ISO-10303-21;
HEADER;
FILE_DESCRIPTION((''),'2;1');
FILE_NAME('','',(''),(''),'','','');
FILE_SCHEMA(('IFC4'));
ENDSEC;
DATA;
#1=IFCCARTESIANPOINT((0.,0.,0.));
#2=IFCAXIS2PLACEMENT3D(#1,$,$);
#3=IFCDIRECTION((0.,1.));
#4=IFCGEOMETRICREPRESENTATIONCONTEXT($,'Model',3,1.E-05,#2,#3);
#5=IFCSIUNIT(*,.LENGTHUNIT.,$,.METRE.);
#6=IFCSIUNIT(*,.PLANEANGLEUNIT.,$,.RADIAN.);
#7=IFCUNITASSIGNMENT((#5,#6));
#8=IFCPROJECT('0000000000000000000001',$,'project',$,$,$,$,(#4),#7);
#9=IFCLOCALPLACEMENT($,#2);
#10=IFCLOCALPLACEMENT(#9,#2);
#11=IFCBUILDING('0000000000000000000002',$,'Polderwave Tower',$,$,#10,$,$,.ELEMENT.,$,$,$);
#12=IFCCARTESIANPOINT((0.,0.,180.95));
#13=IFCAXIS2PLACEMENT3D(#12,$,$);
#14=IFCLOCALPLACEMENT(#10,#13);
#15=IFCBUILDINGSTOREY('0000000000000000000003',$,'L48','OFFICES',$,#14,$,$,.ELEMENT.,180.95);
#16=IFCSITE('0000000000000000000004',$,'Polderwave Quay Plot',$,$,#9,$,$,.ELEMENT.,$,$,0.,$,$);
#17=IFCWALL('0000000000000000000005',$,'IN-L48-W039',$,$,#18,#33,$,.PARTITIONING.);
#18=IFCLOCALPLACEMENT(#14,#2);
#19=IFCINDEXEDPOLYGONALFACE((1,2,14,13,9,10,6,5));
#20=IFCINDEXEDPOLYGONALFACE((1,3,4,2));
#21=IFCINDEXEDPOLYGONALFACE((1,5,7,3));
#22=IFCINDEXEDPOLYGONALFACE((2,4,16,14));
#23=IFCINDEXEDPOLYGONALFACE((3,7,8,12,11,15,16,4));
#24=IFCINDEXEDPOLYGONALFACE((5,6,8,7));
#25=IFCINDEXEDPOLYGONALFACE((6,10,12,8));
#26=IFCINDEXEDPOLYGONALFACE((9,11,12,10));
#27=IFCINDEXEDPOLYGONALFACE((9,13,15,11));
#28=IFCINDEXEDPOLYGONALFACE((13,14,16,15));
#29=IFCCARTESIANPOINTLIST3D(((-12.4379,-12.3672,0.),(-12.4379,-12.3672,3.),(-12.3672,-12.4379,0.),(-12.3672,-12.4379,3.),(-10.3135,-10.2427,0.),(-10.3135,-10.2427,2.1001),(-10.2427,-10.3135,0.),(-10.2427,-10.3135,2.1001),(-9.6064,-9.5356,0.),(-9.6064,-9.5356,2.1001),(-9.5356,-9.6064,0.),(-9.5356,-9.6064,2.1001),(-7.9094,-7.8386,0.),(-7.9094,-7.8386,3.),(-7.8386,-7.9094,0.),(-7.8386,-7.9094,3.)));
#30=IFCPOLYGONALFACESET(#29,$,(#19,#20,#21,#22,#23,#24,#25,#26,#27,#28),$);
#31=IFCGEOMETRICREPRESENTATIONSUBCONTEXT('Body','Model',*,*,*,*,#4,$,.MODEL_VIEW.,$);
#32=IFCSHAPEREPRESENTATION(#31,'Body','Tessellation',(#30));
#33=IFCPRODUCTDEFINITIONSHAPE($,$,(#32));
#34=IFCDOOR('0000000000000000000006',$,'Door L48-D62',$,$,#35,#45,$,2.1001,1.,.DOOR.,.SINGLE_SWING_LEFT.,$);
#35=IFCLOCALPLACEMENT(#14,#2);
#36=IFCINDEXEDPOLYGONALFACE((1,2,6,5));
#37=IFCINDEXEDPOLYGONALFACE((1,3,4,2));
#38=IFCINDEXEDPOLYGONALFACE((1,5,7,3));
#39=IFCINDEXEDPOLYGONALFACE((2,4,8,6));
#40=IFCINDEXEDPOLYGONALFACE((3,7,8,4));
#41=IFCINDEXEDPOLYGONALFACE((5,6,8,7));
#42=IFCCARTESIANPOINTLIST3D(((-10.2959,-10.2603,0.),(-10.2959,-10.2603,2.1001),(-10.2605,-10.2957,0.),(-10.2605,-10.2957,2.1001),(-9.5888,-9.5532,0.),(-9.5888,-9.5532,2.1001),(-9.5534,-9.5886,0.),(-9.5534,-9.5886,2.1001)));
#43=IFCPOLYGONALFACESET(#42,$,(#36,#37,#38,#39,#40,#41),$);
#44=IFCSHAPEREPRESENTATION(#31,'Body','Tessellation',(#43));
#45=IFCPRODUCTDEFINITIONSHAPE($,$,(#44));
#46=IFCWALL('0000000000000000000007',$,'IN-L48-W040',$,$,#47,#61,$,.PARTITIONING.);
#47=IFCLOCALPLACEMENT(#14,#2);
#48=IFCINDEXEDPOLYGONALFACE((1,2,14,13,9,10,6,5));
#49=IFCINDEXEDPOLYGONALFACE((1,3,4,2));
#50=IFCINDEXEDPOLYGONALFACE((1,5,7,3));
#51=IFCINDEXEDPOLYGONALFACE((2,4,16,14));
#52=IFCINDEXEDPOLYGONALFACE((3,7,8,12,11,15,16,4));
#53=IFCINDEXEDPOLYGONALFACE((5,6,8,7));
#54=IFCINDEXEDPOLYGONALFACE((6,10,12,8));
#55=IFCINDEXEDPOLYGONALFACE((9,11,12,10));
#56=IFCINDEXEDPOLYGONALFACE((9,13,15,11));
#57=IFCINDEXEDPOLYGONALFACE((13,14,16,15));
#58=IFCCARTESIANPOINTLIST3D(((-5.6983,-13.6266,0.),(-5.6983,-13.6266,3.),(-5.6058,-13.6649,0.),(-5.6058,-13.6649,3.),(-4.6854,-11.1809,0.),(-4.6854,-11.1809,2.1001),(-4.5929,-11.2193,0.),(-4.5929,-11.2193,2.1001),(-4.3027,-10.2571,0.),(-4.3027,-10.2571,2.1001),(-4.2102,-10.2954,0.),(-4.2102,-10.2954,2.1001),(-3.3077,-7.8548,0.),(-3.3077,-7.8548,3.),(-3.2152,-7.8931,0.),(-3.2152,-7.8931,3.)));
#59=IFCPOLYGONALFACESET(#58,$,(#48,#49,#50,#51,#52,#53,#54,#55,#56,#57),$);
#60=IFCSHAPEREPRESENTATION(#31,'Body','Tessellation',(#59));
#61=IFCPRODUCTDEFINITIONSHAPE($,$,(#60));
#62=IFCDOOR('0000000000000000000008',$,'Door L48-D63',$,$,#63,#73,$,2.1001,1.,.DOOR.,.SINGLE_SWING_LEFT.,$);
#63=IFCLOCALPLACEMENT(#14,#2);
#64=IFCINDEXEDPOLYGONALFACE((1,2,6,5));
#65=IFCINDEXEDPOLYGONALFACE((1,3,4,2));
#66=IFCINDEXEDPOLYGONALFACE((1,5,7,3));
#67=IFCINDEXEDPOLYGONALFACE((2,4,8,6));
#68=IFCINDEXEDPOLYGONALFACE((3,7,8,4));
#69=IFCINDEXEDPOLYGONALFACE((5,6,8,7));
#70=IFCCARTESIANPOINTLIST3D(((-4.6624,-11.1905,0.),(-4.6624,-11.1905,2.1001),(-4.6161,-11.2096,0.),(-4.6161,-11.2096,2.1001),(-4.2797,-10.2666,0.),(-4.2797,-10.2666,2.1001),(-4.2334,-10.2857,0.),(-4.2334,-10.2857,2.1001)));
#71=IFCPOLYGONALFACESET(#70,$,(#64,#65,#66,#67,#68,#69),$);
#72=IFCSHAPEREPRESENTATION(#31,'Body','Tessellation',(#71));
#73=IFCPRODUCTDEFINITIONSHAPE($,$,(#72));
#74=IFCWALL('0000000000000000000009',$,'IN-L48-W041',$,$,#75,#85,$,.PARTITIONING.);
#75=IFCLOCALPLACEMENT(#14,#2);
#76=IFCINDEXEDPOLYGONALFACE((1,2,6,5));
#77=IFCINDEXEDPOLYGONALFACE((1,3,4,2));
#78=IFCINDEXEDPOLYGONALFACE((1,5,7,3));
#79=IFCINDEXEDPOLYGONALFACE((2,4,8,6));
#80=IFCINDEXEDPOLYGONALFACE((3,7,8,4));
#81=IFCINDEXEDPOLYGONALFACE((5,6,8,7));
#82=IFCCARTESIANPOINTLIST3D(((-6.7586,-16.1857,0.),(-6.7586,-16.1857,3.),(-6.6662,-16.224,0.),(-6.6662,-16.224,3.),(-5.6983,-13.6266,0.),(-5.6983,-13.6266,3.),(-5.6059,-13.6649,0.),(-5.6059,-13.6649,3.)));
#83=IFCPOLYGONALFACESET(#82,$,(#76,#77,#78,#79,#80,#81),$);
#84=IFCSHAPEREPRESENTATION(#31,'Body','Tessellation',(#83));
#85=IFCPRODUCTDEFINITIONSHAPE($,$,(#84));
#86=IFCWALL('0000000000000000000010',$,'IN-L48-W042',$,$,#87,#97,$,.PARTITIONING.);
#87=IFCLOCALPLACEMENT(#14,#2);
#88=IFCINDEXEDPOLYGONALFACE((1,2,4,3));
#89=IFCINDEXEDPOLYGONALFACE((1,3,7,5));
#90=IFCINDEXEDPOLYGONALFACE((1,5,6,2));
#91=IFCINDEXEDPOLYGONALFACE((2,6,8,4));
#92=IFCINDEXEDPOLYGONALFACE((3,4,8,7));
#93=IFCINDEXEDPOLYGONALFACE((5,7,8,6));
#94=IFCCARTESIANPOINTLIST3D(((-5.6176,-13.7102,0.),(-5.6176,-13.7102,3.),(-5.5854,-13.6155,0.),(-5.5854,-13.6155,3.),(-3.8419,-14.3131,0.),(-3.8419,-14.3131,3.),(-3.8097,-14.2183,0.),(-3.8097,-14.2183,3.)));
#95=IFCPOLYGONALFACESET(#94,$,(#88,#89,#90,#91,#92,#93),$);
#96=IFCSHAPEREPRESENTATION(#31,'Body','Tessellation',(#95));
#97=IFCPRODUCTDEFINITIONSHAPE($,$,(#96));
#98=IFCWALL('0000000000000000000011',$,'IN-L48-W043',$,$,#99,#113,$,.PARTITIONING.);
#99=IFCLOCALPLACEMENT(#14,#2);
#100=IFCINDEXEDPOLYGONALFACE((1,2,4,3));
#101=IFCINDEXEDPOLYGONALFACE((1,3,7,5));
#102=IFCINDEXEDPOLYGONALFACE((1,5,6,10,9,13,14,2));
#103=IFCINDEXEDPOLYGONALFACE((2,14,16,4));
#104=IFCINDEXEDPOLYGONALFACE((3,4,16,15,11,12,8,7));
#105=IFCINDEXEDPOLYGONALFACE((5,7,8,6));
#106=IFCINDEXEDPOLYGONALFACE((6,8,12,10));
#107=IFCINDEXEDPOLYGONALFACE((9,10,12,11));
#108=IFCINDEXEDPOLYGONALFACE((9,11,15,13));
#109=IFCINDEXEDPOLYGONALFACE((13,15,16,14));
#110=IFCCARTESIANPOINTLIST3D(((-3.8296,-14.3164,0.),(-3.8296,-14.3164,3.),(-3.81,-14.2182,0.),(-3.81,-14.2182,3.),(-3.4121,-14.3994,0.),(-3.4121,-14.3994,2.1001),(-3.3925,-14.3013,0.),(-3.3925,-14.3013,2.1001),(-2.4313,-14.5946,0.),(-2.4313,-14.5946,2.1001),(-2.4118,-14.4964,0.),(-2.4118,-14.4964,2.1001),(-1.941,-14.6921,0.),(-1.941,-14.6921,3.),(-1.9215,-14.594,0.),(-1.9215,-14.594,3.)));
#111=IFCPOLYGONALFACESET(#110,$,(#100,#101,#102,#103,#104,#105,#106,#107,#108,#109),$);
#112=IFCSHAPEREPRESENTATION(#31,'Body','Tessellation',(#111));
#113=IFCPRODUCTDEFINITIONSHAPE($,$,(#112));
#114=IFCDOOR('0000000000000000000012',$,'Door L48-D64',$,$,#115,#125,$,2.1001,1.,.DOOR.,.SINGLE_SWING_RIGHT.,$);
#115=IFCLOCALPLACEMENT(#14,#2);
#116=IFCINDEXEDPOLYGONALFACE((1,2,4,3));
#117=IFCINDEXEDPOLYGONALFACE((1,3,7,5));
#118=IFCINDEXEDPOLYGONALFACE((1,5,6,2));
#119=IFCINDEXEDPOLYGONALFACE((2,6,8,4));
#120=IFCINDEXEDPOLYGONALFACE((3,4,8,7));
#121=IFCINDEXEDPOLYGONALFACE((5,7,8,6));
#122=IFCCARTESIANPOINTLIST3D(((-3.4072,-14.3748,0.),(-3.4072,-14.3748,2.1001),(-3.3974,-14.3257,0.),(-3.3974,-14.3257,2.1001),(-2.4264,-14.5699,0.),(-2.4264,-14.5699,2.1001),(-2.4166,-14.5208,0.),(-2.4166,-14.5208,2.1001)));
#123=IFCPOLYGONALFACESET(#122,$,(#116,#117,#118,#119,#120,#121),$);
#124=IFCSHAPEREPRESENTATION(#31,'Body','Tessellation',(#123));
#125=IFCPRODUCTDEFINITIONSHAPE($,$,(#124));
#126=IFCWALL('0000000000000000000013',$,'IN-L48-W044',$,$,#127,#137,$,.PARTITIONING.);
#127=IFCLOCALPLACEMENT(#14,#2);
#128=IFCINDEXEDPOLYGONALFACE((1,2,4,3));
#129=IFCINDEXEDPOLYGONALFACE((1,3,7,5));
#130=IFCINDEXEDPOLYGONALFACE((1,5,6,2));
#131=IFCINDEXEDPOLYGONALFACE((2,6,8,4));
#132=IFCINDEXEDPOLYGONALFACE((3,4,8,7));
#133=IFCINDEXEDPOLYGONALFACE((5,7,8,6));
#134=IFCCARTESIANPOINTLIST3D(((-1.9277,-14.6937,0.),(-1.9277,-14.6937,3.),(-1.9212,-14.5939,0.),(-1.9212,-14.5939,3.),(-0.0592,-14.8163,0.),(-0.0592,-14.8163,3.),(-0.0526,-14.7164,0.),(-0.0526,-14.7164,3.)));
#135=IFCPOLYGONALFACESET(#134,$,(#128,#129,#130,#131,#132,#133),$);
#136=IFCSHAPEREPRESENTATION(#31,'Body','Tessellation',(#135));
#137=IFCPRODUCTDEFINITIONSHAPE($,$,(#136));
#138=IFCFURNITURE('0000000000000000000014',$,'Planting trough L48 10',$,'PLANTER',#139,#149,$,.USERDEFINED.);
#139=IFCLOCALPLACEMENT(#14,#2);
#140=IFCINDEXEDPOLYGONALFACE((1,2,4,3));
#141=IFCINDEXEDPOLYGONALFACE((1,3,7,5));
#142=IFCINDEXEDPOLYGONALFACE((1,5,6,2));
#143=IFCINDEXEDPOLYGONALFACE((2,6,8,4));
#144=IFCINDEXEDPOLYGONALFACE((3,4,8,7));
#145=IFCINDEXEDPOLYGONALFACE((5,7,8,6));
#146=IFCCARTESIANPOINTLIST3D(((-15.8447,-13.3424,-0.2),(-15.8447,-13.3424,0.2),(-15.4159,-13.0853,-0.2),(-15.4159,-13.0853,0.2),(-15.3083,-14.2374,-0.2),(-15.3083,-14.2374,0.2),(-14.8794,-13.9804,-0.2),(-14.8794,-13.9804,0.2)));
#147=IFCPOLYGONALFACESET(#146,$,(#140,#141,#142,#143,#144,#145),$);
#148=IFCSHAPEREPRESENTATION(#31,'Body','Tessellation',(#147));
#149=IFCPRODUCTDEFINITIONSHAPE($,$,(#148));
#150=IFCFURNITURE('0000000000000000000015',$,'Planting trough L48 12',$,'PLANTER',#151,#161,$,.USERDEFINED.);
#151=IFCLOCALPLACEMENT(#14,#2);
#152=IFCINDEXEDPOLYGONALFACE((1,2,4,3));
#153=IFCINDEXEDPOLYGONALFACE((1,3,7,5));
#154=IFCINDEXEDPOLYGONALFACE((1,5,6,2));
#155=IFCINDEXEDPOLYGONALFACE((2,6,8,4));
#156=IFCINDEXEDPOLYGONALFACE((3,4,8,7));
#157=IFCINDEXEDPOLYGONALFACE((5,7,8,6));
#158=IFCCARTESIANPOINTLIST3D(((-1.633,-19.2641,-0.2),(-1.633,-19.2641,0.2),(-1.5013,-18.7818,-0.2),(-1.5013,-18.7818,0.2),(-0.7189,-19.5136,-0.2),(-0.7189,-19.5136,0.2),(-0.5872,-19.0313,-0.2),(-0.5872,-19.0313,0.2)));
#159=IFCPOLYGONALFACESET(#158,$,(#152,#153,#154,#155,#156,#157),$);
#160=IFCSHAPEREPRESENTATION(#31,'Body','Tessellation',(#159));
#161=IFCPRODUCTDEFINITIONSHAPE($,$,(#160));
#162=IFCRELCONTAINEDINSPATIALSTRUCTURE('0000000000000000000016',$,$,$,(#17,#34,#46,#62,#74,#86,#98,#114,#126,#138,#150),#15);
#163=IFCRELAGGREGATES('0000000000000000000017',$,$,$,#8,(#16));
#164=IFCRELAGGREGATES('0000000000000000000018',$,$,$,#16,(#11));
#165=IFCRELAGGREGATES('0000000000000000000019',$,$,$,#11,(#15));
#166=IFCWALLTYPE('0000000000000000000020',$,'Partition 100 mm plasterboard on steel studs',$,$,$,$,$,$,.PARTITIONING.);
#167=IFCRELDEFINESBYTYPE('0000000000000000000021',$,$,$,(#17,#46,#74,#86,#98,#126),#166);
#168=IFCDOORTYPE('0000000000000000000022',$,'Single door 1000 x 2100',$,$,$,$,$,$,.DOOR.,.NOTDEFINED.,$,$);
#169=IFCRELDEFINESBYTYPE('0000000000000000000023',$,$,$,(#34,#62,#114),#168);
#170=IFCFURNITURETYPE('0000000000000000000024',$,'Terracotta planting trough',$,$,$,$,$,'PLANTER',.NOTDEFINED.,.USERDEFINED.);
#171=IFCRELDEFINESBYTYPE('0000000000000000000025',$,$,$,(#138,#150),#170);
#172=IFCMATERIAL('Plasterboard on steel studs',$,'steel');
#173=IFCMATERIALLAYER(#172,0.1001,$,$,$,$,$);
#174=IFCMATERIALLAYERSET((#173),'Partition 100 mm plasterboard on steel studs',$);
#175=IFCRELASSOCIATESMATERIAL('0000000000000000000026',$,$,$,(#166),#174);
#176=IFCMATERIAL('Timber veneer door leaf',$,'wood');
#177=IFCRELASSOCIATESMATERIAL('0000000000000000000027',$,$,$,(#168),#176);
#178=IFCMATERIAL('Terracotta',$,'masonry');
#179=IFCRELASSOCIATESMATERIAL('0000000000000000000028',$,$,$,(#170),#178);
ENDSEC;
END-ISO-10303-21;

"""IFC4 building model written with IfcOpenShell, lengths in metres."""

from ifc_helpers import new_model, si_unit, direction, frame, frame_2d, origin, origin_2d, place, context, subcontext, project, spatial, rectangle, extrude, material, layer, layer_set, type_object, element, fill, save


model = new_model("IFC4")

# Units and contexts
model_context = context("Model", 3, precision=1e-05, world=origin(), true_north=direction((0.0, 1.0)))
body_context = subcontext(model_context, "Body", "Model", "MODEL_VIEW")
ifc_project = project(units=[si_unit("LENGTHUNIT", "METRE"), si_unit("PLANEANGLEUNIT", "RADIAN")], contexts=[model_context])

# Site, building, storey
site_placement = place(None, origin())
site = spatial("IfcSite", under=ifc_project, at=site_placement, Name="Polderwave Quay Plot", CompositionType="ELEMENT", RefElevation=0.0)
building_placement = place(site_placement, origin())
building = spatial("IfcBuilding", under=site, at=building_placement, Name="Polderwave Tower", CompositionType="ELEMENT")
storey_placement = place(building_placement, frame((0.0, 0.0, 180.95)))
storey = spatial("IfcBuildingStorey", under=building, at=storey_placement, Name="L48", Description="OFFICES", CompositionType="ELEMENT", Elevation=180.95)

# Walls, openings, doors
ifc_material_1 = material(Name="Plasterboard on steel studs", Category="steel")
ifc_layer_1 = layer(ifc_material_1, 0.1001)
ifc_layer_set_1 = layer_set([ifc_layer_1], Name="Partition 100 mm plasterboard on steel studs")
wall_type_1 = type_object("IfcWallType", Name="Partition 100 mm plasterboard on steel studs", PredefinedType="PARTITIONING", material=ifc_layer_set_1)
wall_1_placement = place(storey_placement, frame((-7.874, -7.874, 0.0), z_axis=(0.0, 0.0, 1.0), x_axis=(-0.707107, -0.707107, 0.0)))
wall_1 = element("IfcWall", 1, at=wall_1_placement, inside=storey, type_object=wall_type_1, Name="IN-L48-W039", PredefinedType="PARTITIONING", context=body_context, shape_type="SweptSolid", body=[
    extrude(rectangle(XDim=6.4043, YDim=0.1001, at=frame_2d((3.2021, 0.0))), origin(), (0.0, 0.0, 1.0), 3.0),
])
opening_1_placement = place(wall_1_placement, frame((2.3999, 0.0, 0.0)))
opening_1 = element("IfcOpeningElement", 2, at=opening_1_placement, cuts=wall_1, PredefinedType="OPENING", context=body_context, shape_type="SweptSolid", body=[
    extrude(rectangle(XDim=1.0, YDim=2.1001, at=frame_2d((0.5, 1.05))), frame((0.0, 0.0601, 0.0), z_axis=(0.0, -1.0, 0.0), x_axis=(1.0, 0.0, 0.0)), (0.0, 0.0, 1.0), 0.1201),
])
ifc_material_2 = material(Name="Timber veneer door leaf", Category="wood")
door_type = type_object("IfcDoorType", Name="Single door 1000 x 2100", OperationType="NOTDEFINED", PredefinedType="DOOR", material=ifc_material_2)
door_1_placement = place(opening_1_placement, origin())
door_1 = element("IfcDoor", 3, at=door_1_placement, inside=storey, type_object=door_type, Name="Door L48-D62", OperationType="SINGLE_SWING_LEFT", OverallHeight=2.1001, OverallWidth=1.0, PredefinedType="DOOR", context=body_context, shape_type="SweptSolid", body=[
    extrude(rectangle(XDim=1.0, YDim=2.1001, at=frame_2d((0.5, 1.05))), frame((0.0, 0.0249, 0.0), z_axis=(0.0, -1.0, 0.0), x_axis=(1.0, 0.0, 0.0)), (0.0, 0.0, 1.0), 0.05),
])
fill(opening_1, door_1)
wall_2_placement = place(storey_placement, frame((-3.2615, -7.874, 0.0), z_axis=(0.0, 0.0, 1.0), x_axis=(-0.382669, -0.923885, 0.0)))
wall_2 = element("IfcWall", 4, at=wall_2_placement, inside=storey, type_object=wall_type_1, Name="IN-L48-W040", PredefinedType="PARTITIONING", context=body_context, shape_type="SweptSolid", body=[
    extrude(rectangle(XDim=6.2473, YDim=0.1001, at=frame_2d((3.1235, 0.0))), origin(), (0.0, 0.0, 1.0), 3.0),
])
opening_2_placement = place(wall_2_placement, frame((2.6001, 0.0, 0.0)))
opening_2 = element("IfcOpeningElement", 5, at=opening_2_placement, cuts=wall_2, PredefinedType="OPENING", context=body_context, shape_type="SweptSolid", body=[
    extrude(rectangle(XDim=1.0, YDim=2.1001, at=frame_2d((0.5, 1.05))), frame((0.0, 0.0601, 0.0), z_axis=(0.0, -1.0, 0.0), x_axis=(1.0, 0.0, 0.0)), (0.0, 0.0, 1.0), 0.1201),
])
door_2_placement = place(opening_2_placement, origin())
door_2 = element("IfcDoor", 6, at=door_2_placement, inside=storey, type_object=door_type, Name="Door L48-D63", OperationType="SINGLE_SWING_LEFT", OverallHeight=2.1001, OverallWidth=1.0, PredefinedType="DOOR", context=body_context, shape_type="SweptSolid", body=[
    extrude(rectangle(XDim=1.0, YDim=2.1001, at=frame_2d((0.5, 1.05))), frame((0.0, 0.0249, 0.0), z_axis=(0.0, -1.0, 0.0), x_axis=(1.0, 0.0, 0.0)), (0.0, 0.0, 1.0), 0.05),
])
fill(opening_2, door_2)

# Walls
wall_3_placement = place(storey_placement, frame((-5.6521, -13.6458, 0.0), z_axis=(0.0, 0.0, 1.0), x_axis=(-0.382775, -0.923842, 0.0)))
element("IfcWall", 7, at=wall_3_placement, inside=storey, type_object=wall_type_1, Name="IN-L48-W041", PredefinedType="PARTITIONING", context=body_context, shape_type="SweptSolid", body=[
    extrude(rectangle(XDim=2.77, YDim=0.1001, at=frame_2d((1.385, 0.0))), origin(), (0.0, 0.0, 1.0), 3.0),
])
wall_4_placement = place(storey_placement, frame((-3.8259, -14.2656, 0.0), z_axis=(0.0, 0.0, 1.0), x_axis=(-0.946924, 0.321457, 0.0)))
element("IfcWall", 8, at=wall_4_placement, inside=storey, type_object=wall_type_1, Name="IN-L48-W042", PredefinedType="PARTITIONING", context=body_context, shape_type="SweptSolid", body=[
    extrude(rectangle(XDim=1.8752, YDim=0.1001, at=frame_2d((0.9375, 0.0))), origin(), (0.0, 0.0, 1.0), 3.0),
])

# Wall, opening, door
wall_5_placement = place(storey_placement, frame((-1.9312, -14.6431, 0.0), z_axis=(0.0, 0.0, 1.0), x_axis=(-0.980775, 0.195141, 0.0)))
wall_5 = element("IfcWall", 9, at=wall_5_placement, inside=storey, type_object=wall_type_1, Name="IN-L48-W043", PredefinedType="PARTITIONING", context=body_context, shape_type="SweptSolid", body=[
    extrude(rectangle(XDim=1.9255, YDim=0.1001, at=frame_2d((0.9629, 0.0))), origin(), (0.0, 0.0, 1.0), 3.0),
])
opening_3_placement = place(wall_5_placement, frame((0.5, 0.0, 0.0)))
opening_3 = element("IfcOpeningElement", 10, at=opening_3_placement, cuts=wall_5, PredefinedType="OPENING", context=body_context, shape_type="SweptSolid", body=[
    extrude(rectangle(XDim=1.0, YDim=2.1001, at=frame_2d((0.5, 1.05))), frame((0.0, 0.0601, 0.0), z_axis=(0.0, -1.0, 0.0), x_axis=(1.0, 0.0, 0.0)), (0.0, 0.0, 1.0), 0.1201),
])
door_3_placement = place(opening_3_placement, origin())
door_3 = element("IfcDoor", 11, at=door_3_placement, inside=storey, type_object=door_type, Name="Door L48-D64", OperationType="SINGLE_SWING_RIGHT", OverallHeight=2.1001, OverallWidth=1.0, PredefinedType="DOOR", context=body_context, shape_type="SweptSolid", body=[
    extrude(rectangle(XDim=1.0, YDim=2.1001, at=frame_2d((0.5, 1.05))), frame((0.0, 0.0249, 0.0), z_axis=(0.0, -1.0, 0.0), x_axis=(1.0, 0.0, 0.0)), (0.0, 0.0, 1.0), 0.05),
])
fill(opening_3, door_3)

# Wall
wall_6_placement = place(storey_placement, frame((-0.0559, -14.7664, 0.0), z_axis=(0.0, 0.0, 1.0), x_axis=(-0.997856, 0.065446, 0.0)))
element("IfcWall", 12, at=wall_6_placement, inside=storey, type_object=wall_type_1, Name="IN-L48-W044", PredefinedType="PARTITIONING", context=body_context, shape_type="SweptSolid", body=[
    extrude(rectangle(XDim=1.8726, YDim=0.1001, at=frame_2d((0.9363, 0.0))), origin(), (0.0, 0.0, 1.0), 3.0),
])

# Furniture
ifc_material_3 = material(Name="Terracotta", Category="masonry")
furniture_type = type_object("IfcFurnitureType", Name="Terracotta planting trough", ElementType="PLANTER", AssemblyPlace="NOTDEFINED", PredefinedType="USERDEFINED", material=ifc_material_3)
furniture_1_placement = place(storey_placement, frame((-15.3621, -13.6614, -0.2), z_axis=(0.0, 0.0, 1.0), x_axis=(0.514106, -0.857727, 0.0)))
element("IfcFurniture", 13, at=furniture_1_placement, inside=storey, type_object=furniture_type, Name="Planting trough L48 10", ObjectType="PLANTER", PredefinedType="USERDEFINED", context=body_context, shape_type="SweptSolid", body=[
    extrude(rectangle(XDim=1.0435, YDim=0.5, at=origin_2d()), origin(), (0.0, 0.0, 1.0), 0.3999),
])
furniture_2_placement = place(storey_placement, frame((-1.1101, -19.1477, -0.2), z_axis=(0.0, 0.0, 1.0), x_axis=(0.964699, -0.263355, 0.0)))
element("IfcFurniture", 14, at=furniture_2_placement, inside=storey, type_object=furniture_type, Name="Planting trough L48 12", ObjectType="PLANTER", PredefinedType="USERDEFINED", context=body_context, shape_type="SweptSolid", body=[
    extrude(rectangle(XDim=0.9475, YDim=0.5, at=origin_2d()), origin(), (0.0, 0.0, 1.0), 0.3999),
])

save(model, "model.ifc")
